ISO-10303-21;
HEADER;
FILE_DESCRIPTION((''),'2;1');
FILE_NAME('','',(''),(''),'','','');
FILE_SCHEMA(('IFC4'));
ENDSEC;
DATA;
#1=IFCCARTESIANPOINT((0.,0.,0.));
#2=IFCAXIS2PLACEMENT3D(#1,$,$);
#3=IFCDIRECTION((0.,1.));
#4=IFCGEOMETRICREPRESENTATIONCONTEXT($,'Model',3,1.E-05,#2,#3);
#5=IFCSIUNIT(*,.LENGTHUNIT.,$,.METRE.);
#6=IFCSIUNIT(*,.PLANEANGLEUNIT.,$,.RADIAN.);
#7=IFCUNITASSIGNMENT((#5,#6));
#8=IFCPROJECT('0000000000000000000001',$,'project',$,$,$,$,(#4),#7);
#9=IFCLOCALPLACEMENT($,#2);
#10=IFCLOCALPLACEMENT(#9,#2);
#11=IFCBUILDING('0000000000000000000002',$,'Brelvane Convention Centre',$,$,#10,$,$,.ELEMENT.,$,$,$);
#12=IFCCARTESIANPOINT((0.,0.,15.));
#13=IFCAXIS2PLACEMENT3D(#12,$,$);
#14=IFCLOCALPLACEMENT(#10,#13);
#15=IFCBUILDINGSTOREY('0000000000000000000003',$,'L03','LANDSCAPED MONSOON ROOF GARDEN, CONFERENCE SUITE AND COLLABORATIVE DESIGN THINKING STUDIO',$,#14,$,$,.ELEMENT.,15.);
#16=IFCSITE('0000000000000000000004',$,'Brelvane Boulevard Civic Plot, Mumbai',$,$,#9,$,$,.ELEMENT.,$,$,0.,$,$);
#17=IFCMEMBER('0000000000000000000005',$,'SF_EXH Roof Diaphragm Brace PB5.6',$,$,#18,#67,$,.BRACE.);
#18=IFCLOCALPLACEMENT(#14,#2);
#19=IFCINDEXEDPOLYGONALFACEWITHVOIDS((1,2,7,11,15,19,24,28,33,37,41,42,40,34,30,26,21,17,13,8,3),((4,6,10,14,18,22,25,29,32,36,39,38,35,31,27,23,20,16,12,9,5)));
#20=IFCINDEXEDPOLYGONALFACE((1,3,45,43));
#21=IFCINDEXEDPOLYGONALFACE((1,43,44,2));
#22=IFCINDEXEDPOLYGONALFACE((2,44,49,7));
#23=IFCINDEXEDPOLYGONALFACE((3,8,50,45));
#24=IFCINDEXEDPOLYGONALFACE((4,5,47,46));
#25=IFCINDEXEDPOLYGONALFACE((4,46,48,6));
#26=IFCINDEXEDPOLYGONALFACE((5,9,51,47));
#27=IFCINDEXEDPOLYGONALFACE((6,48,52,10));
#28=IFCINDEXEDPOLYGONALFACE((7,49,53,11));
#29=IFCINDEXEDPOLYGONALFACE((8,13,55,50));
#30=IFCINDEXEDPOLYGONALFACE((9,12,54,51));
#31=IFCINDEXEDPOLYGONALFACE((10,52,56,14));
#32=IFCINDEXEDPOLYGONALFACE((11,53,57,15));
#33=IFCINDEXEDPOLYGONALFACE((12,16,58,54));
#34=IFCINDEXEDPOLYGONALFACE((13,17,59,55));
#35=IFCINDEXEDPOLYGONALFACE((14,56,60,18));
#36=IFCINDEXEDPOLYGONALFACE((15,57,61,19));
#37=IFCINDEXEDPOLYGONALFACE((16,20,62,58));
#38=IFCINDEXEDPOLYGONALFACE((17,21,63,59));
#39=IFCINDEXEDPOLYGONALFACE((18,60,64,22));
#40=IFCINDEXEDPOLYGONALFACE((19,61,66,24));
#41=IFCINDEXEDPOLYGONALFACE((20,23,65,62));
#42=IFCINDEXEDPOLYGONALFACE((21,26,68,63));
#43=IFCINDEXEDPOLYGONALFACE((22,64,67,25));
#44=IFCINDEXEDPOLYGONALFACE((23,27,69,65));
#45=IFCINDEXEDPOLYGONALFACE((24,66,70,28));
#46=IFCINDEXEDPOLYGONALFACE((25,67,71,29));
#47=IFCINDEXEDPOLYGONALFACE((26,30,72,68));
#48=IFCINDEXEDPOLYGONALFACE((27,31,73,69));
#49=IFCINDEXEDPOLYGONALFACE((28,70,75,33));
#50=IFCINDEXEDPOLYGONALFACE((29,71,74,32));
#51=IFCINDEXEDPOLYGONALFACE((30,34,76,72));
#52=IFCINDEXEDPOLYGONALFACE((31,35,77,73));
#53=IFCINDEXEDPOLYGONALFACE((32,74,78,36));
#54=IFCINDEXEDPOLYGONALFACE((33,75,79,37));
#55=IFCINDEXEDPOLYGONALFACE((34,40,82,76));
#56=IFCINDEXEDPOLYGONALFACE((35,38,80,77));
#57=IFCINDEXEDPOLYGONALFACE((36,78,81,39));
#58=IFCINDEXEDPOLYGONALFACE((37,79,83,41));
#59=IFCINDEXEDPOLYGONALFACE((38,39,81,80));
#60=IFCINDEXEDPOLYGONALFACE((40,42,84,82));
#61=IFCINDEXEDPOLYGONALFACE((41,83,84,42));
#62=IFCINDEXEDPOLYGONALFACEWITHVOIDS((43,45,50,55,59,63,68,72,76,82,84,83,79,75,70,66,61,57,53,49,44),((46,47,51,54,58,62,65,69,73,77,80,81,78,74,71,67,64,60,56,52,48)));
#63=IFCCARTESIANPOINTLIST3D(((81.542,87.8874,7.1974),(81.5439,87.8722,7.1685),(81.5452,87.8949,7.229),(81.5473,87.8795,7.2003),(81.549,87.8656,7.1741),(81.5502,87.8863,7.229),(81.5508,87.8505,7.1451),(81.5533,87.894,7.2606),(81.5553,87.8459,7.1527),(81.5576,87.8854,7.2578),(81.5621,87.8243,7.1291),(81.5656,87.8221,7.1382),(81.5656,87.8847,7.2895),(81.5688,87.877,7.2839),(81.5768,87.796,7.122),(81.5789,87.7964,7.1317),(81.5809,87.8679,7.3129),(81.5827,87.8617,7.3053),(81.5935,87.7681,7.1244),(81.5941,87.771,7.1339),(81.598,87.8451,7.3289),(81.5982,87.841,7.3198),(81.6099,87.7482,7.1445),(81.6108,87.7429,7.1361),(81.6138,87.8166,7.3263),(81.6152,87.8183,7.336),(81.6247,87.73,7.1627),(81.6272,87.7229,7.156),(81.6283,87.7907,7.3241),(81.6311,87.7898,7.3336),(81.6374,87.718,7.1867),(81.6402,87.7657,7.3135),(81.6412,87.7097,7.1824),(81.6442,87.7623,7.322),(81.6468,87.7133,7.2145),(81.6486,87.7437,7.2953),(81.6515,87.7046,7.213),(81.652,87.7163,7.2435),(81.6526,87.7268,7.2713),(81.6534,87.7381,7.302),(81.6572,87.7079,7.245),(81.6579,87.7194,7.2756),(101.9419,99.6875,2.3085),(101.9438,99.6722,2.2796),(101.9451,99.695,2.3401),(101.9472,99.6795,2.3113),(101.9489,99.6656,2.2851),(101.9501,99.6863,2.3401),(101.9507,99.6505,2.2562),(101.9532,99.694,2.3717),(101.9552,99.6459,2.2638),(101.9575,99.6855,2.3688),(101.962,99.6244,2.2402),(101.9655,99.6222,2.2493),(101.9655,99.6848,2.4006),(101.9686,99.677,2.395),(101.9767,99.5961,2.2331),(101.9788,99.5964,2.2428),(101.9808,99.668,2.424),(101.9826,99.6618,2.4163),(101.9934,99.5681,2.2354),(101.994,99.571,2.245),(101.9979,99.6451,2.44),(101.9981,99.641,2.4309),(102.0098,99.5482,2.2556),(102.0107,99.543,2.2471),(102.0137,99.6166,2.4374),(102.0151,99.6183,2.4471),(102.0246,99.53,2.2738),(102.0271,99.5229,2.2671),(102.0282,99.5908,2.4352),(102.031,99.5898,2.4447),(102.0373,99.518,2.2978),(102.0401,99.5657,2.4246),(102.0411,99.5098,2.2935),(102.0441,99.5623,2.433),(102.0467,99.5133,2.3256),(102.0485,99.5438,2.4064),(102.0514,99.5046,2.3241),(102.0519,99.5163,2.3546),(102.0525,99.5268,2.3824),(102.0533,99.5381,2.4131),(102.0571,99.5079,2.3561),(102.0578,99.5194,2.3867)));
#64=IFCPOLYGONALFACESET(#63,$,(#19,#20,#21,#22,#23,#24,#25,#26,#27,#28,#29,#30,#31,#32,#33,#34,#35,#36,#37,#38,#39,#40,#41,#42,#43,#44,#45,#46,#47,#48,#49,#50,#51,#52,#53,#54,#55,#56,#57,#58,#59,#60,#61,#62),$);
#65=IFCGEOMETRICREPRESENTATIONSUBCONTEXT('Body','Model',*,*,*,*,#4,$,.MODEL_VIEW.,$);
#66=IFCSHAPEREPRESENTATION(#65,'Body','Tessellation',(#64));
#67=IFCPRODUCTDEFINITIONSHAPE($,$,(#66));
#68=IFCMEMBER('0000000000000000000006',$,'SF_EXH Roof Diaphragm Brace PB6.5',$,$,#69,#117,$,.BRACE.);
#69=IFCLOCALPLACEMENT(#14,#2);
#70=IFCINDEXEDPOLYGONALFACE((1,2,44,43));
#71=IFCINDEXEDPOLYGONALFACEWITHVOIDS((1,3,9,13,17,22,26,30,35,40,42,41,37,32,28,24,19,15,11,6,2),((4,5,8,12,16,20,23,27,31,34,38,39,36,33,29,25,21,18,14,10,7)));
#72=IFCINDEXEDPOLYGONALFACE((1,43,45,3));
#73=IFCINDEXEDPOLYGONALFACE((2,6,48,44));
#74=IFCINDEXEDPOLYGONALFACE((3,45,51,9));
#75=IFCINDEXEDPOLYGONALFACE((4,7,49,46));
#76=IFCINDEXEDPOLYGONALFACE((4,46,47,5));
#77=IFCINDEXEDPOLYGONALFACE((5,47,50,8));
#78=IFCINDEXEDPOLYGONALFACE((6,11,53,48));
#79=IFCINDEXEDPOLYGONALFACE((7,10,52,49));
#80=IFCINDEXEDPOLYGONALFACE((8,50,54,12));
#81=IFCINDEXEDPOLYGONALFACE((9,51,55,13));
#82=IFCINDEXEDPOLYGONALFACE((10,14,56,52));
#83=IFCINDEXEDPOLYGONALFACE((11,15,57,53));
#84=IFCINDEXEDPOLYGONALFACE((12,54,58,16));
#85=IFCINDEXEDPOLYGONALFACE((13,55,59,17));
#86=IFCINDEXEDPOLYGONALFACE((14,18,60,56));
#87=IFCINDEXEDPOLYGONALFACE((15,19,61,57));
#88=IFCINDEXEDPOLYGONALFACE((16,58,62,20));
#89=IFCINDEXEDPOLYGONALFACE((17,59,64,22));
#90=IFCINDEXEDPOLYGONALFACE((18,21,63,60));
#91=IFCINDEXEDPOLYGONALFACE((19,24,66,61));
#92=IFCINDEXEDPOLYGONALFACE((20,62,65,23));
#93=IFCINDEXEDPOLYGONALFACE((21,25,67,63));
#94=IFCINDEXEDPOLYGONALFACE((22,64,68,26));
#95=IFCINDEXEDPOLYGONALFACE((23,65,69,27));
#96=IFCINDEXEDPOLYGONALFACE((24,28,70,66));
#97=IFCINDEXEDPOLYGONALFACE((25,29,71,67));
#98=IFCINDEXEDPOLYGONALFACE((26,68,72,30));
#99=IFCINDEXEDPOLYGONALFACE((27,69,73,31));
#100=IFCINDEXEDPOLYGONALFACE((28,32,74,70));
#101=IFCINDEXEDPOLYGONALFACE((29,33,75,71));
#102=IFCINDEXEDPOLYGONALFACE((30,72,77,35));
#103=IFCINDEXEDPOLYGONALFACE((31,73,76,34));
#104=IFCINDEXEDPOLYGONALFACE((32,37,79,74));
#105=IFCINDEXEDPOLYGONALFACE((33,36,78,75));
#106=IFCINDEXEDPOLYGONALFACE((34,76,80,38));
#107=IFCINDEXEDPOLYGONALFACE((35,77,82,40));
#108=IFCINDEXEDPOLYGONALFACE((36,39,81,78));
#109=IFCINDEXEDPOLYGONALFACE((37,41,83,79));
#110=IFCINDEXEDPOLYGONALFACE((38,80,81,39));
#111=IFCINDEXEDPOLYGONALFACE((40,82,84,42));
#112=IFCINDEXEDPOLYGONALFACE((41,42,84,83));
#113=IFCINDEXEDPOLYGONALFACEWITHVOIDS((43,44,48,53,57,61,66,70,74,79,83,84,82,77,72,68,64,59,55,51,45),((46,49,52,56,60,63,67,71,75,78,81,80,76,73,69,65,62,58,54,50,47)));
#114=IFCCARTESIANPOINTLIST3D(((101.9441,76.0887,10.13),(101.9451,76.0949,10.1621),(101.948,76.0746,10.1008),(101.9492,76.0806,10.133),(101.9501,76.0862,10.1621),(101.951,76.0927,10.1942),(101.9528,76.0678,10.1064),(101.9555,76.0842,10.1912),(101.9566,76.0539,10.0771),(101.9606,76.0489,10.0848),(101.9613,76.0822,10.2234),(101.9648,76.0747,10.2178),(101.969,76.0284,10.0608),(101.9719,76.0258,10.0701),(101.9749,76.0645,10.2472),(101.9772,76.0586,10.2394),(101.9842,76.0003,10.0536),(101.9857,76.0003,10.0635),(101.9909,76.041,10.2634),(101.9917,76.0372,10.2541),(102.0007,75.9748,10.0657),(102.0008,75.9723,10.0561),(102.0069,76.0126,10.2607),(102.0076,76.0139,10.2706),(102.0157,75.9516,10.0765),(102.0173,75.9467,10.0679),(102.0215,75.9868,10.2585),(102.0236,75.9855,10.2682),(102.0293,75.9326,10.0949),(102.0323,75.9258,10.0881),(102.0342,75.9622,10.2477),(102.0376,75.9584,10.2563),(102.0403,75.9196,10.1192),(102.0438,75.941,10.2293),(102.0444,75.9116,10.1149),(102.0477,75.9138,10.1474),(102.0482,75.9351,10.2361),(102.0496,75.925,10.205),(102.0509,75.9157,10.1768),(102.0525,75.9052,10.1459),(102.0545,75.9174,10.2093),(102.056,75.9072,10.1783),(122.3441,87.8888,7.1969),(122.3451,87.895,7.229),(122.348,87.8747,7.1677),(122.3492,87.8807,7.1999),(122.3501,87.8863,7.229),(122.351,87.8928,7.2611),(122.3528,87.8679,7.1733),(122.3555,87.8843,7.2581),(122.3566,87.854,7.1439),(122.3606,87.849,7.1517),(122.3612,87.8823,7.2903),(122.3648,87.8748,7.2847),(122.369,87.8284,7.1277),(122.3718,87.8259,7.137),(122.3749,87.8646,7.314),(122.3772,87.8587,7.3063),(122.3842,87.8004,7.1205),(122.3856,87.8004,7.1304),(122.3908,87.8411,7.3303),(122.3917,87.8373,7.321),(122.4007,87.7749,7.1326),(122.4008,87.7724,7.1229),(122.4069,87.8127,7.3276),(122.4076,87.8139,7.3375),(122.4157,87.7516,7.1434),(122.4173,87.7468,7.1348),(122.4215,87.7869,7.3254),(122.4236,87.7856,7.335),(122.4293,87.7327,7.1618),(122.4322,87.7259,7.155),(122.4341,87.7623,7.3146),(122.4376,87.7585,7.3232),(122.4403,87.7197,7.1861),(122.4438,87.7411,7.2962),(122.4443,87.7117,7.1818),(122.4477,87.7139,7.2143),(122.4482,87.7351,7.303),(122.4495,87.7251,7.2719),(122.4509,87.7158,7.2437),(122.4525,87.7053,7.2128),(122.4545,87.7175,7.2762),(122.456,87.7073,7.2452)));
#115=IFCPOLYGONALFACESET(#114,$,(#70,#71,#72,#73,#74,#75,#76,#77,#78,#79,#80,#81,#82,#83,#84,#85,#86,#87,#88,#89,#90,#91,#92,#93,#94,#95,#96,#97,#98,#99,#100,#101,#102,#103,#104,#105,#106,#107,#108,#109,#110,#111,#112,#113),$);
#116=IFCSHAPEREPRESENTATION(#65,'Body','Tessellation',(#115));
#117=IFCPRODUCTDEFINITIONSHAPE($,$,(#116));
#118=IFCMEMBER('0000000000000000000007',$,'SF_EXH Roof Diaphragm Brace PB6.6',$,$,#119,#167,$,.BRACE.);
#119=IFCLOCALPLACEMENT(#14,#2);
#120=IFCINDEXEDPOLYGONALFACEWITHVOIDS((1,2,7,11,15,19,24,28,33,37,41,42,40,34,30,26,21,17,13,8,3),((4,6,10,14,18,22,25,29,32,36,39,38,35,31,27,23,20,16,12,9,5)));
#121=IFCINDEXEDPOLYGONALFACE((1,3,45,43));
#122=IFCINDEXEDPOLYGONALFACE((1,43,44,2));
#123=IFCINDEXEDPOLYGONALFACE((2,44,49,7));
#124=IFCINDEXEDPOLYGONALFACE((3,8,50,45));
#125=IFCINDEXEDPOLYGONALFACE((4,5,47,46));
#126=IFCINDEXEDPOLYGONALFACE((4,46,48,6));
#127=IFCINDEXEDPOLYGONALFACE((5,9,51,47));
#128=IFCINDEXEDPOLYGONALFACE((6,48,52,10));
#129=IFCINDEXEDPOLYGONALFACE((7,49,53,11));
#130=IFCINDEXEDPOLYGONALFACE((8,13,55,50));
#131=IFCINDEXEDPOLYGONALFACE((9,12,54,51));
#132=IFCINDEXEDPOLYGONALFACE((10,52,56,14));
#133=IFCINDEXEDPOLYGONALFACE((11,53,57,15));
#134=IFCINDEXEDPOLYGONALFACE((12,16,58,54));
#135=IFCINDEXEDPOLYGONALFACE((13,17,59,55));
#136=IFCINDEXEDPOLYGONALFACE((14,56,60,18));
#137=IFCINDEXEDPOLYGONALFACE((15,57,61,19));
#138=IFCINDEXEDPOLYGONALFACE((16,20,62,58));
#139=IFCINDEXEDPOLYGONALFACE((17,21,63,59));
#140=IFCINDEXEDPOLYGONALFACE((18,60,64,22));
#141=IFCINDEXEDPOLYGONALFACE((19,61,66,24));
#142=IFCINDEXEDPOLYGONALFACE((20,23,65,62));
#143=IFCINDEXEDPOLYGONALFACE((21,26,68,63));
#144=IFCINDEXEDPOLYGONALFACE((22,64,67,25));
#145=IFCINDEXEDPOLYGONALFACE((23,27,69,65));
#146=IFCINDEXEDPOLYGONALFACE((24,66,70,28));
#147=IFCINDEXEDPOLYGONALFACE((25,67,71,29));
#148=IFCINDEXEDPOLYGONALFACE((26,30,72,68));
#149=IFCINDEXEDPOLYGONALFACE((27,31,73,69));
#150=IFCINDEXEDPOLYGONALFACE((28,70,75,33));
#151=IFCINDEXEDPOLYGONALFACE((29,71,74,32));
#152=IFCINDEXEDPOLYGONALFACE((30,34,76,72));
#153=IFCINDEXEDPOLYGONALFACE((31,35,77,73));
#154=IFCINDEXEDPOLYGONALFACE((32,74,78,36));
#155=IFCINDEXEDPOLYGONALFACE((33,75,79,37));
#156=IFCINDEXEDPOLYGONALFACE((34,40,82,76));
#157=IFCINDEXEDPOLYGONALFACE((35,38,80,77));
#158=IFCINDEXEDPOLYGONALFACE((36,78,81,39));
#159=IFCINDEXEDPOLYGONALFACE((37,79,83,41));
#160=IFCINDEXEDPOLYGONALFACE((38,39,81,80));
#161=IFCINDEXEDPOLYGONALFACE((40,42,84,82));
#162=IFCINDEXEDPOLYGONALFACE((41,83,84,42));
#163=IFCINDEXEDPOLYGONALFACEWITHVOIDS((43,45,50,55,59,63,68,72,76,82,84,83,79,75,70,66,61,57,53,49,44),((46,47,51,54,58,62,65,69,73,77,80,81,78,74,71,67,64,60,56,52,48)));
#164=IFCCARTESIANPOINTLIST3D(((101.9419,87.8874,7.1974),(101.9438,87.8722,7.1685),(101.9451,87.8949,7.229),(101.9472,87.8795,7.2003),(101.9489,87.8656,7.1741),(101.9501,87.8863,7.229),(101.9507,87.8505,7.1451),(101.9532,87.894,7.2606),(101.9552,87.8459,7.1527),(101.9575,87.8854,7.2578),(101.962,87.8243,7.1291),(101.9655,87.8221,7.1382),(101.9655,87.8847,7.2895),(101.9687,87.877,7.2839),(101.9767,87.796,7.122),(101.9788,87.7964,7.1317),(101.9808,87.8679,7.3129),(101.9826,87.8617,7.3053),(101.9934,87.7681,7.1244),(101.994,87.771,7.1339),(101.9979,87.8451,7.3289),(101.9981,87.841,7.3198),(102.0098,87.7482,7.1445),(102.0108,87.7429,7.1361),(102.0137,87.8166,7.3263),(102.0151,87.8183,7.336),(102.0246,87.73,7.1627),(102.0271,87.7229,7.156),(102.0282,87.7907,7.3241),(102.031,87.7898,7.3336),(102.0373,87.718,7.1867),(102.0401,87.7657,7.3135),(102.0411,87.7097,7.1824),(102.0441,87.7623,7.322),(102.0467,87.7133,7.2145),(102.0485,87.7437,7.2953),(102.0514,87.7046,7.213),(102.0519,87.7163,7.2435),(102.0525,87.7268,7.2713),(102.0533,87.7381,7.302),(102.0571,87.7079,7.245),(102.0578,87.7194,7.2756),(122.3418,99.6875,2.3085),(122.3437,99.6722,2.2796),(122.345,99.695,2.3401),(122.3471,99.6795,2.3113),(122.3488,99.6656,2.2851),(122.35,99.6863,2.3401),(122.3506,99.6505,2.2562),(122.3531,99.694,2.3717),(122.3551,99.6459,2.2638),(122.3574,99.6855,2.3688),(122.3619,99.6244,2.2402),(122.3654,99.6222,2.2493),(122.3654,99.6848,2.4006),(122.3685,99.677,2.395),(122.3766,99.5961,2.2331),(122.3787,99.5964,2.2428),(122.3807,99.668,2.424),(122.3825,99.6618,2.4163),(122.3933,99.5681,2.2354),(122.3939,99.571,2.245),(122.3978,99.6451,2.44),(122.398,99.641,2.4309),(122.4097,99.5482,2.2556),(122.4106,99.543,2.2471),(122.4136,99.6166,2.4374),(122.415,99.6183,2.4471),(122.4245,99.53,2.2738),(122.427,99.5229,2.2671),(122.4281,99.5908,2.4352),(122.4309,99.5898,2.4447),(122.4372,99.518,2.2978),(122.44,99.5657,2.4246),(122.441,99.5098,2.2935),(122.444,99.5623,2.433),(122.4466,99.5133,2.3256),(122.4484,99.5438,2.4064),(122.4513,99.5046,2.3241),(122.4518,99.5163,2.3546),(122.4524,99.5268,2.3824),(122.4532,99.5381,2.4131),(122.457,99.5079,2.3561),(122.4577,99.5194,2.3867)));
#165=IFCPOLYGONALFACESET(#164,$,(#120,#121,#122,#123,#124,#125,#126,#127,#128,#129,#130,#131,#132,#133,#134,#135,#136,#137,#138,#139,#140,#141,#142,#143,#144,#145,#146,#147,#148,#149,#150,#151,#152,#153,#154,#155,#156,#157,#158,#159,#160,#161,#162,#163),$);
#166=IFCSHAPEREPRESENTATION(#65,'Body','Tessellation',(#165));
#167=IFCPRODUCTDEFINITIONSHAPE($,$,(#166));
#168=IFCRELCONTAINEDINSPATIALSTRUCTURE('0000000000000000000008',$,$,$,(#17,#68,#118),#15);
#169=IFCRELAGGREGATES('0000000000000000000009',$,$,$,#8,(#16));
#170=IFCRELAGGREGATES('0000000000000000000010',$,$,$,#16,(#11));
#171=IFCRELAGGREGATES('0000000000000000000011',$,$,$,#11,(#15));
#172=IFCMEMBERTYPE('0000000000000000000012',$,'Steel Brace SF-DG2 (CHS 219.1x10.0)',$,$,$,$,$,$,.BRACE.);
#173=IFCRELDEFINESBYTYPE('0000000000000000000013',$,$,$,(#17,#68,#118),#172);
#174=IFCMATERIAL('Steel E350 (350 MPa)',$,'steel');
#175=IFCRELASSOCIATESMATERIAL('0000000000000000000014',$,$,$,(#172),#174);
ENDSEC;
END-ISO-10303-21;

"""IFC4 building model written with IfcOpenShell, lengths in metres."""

from ifc_helpers import new_model, si_unit, direction, frame, origin, origin_2d, place, context, subcontext, project, spatial, hollow_circle, extrude, material, material_profile, profile_set, type_object, element, save


model = new_model("IFC4")

# Units and contexts
model_context = context("Model", 3, precision=1e-05, world=origin(), true_north=direction((0.0, 1.0)))
body_context = subcontext(model_context, "Body", "Model", "MODEL_VIEW")
ifc_project = project(units=[si_unit("LENGTHUNIT", "METRE"), si_unit("PLANEANGLEUNIT", "RADIAN")], contexts=[model_context])

# Site, building, storey
site_placement = place(None, origin())
site = spatial("IfcSite", under=ifc_project, at=site_placement, Name="Brelvane Boulevard Civic Plot, Mumbai", CompositionType="ELEMENT", RefElevation=0.0)
building_placement = place(site_placement, origin())
building = spatial("IfcBuilding", under=site, at=building_placement, Name="Brelvane Convention Centre", CompositionType="ELEMENT")
storey_placement = place(building_placement, frame((0.0, 0.0, 15.0)))
storey = spatial("IfcBuildingStorey", under=building, at=storey_placement, Name="L03", Description="LANDSCAPED MONSOON ROOF GARDEN, CONFERENCE SUITE AND COLLABORATIVE DESIGN THINKING STUDIO", CompositionType="ELEMENT", Elevation=15.0)

# Members
ifc_material_1 = material(Name="Steel E350 (350 MPa)", Category="steel")
ifc_material_profile_1 = material_profile(ifc_material_1, hollow_circle(Radius=0.1096, WallThickness=0.01, at=origin_2d()), Name="CHS 219.1x10.0")
ifc_profile_set_1 = profile_set([ifc_material_profile_1], Name="Steel E350 (350 MPa)")
member_type_1 = type_object("IfcMemberType", Name="Steel Brace SF-DG2 (CHS 219.1x10.0)", PredefinedType="BRACE", material=ifc_profile_set_1)
member_1_placement = place(storey_placement, frame((81.6001, 87.8, 7.229), z_axis=(0.847572, 0.490267, -0.203124), x_axis=(-0.500705, 0.865618, 0.0)))
element("IfcMember", 1, at=member_1_placement, inside=storey, type_object=member_type_1, Name="SF_EXH Roof Diaphragm Brace PB5.6", PredefinedType="BRACE", context=body_context, shape_type="SweptSolid", body=[
    extrude(hollow_circle(Radius=0.1096, WallThickness=0.01, at=origin_2d()), origin(), (0.0, 0.0, 1.0), 24.0686),
])
member_2_placement = place(storey_placement, frame((102.0, 76.0, 10.1621), z_axis=(0.858991, 0.496872, -0.123506), x_axis=(-0.500705, 0.865618, 0.0)))
element("IfcMember", 2, at=member_2_placement, inside=storey, type_object=member_type_1, Name="SF_EXH Roof Diaphragm Brace PB6.5", PredefinedType="BRACE", context=body_context, shape_type="SweptSolid", body=[
    extrude(hollow_circle(Radius=0.1096, WallThickness=0.01, at=origin_2d()), origin(), (0.0, 0.0, 1.0), 23.7488),
])
member_3_placement = place(storey_placement, frame((102.0, 87.8, 7.229), z_axis=(0.847572, 0.490267, -0.203124), x_axis=(-0.500705, 0.865618, 0.0)))
element("IfcMember", 3, at=member_3_placement, inside=storey, type_object=member_type_1, Name="SF_EXH Roof Diaphragm Brace PB6.6", PredefinedType="BRACE", context=body_context, shape_type="SweptSolid", body=[
    extrude(hollow_circle(Radius=0.1096, WallThickness=0.01, at=origin_2d()), origin(), (0.0, 0.0, 1.0), 24.0686),
])

save(model, "model.ifc")
